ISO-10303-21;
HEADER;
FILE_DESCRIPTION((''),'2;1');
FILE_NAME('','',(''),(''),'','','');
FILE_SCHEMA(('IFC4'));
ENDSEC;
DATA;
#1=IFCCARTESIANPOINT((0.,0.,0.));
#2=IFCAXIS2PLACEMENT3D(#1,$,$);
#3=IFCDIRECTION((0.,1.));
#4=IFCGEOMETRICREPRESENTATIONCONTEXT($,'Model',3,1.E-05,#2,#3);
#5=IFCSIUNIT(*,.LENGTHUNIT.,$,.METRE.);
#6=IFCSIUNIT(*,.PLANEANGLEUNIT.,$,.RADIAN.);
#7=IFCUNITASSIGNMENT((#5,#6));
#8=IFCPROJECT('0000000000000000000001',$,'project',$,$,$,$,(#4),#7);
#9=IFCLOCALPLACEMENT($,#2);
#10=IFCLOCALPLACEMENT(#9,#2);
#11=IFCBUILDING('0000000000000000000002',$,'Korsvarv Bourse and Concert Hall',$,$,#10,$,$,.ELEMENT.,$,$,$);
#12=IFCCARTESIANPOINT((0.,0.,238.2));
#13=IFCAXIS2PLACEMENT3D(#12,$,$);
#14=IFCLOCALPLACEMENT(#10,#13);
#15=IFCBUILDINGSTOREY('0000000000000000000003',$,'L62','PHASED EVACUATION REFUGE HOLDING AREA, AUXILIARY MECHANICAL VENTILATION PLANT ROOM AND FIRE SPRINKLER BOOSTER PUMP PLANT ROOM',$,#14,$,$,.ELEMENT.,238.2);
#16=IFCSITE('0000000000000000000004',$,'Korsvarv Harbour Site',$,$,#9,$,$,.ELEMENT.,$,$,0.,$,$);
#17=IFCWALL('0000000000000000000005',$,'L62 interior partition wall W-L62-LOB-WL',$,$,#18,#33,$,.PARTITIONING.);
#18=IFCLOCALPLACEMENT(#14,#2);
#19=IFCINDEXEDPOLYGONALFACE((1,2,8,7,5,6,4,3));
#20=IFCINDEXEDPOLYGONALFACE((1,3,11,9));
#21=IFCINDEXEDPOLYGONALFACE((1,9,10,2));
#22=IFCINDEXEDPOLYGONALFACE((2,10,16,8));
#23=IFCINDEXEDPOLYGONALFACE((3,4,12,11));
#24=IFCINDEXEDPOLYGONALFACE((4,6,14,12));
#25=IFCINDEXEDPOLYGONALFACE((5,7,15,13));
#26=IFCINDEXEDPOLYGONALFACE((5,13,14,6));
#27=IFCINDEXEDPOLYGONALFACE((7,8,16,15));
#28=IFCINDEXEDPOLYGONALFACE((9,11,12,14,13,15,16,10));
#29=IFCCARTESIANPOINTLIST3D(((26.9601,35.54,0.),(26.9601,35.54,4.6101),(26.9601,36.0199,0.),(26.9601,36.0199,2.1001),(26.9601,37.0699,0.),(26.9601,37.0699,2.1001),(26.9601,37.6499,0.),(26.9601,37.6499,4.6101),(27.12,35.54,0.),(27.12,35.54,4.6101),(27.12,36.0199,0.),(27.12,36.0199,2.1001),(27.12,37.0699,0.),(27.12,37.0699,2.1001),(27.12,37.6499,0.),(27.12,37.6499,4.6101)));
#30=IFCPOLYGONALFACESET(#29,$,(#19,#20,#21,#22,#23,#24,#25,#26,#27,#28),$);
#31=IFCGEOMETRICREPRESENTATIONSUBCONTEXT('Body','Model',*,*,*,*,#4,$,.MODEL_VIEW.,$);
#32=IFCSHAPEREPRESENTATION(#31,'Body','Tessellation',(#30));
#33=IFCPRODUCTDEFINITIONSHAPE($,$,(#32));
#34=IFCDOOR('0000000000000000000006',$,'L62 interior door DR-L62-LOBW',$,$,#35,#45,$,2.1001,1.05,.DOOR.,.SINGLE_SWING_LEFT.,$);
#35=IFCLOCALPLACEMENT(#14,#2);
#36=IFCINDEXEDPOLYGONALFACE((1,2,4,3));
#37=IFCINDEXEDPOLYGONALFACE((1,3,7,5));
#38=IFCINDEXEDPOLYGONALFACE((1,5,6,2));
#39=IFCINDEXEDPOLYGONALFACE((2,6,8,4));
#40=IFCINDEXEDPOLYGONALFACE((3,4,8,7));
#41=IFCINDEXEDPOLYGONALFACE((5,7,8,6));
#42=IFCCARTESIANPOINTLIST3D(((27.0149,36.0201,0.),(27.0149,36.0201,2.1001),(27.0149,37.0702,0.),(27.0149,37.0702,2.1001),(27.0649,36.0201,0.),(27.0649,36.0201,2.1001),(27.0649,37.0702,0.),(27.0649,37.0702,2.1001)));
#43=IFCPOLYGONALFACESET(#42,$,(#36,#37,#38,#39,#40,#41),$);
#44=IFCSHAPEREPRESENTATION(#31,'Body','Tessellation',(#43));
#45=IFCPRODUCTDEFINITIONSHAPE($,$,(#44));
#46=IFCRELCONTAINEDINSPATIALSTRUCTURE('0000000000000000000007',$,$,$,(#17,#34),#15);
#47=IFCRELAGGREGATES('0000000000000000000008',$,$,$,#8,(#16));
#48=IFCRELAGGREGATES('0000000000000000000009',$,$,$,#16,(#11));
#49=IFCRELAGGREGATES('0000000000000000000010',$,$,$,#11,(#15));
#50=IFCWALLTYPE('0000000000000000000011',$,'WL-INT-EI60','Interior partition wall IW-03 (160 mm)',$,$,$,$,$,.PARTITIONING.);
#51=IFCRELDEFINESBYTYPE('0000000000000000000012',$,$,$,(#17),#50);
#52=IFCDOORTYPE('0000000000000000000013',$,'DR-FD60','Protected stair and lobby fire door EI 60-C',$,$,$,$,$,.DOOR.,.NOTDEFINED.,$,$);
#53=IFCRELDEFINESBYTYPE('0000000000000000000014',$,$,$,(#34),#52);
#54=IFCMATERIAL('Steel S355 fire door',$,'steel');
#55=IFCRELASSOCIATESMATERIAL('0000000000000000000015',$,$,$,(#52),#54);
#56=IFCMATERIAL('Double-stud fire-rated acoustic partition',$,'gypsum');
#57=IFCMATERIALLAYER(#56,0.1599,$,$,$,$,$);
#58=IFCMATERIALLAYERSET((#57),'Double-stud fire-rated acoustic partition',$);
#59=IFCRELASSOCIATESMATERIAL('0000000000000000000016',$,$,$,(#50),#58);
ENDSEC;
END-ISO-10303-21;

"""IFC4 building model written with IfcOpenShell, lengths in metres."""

from ifc_helpers import new_model, si_unit, direction, frame, frame_2d, origin, place, context, subcontext, project, spatial, rectangle, extrude, material, layer, layer_set, type_object, element, fill, save


model = new_model("IFC4")

# Units and contexts
model_context = context("Model", 3, precision=1e-05, world=origin(), true_north=direction((0.0, 1.0)))
body_context = subcontext(model_context, "Body", "Model", "MODEL_VIEW")
ifc_project = project(units=[si_unit("LENGTHUNIT", "METRE"), si_unit("PLANEANGLEUNIT", "RADIAN")], contexts=[model_context])

# Site, building, storey
site_placement = place(None, origin())
site = spatial("IfcSite", under=ifc_project, at=site_placement, Name="Korsvarv Harbour Site", CompositionType="ELEMENT", RefElevation=0.0)
building_placement = place(site_placement, origin())
building = spatial("IfcBuilding", under=site, at=building_placement, Name="Korsvarv Bourse and Concert Hall", CompositionType="ELEMENT")
storey_placement = place(building_placement, frame((0.0, 0.0, 238.2)))
storey = spatial("IfcBuildingStorey", under=building, at=storey_placement, Name="L62", Description="PHASED EVACUATION REFUGE HOLDING AREA, AUXILIARY MECHANICAL VENTILATION PLANT ROOM AND FIRE SPRINKLER BOOSTER PUMP PLANT ROOM", CompositionType="ELEMENT", Elevation=238.2)

# Shared definitions
ifc_material_1 = material(Name="Steel S355 fire door", Category="steel")
door_type = type_object("IfcDoorType", Name="DR-FD60", Description="Protected stair and lobby fire door EI 60-C", OperationType="NOTDEFINED", PredefinedType="DOOR", material=ifc_material_1)

# Wall, opening, door
ifc_material_2 = material(Name="Double-stud fire-rated acoustic partition", Category="gypsum")
ifc_layer_1 = layer(ifc_material_2, 0.1599)
ifc_layer_set_1 = layer_set([ifc_layer_1], Name="Double-stud fire-rated acoustic partition")
wall_type_1 = type_object("IfcWallType", Name="WL-INT-EI60", Description="Interior partition wall IW-03 (160 mm)", PredefinedType="PARTITIONING", material=ifc_layer_set_1)
wall_1_placement = place(storey_placement, frame((27.04, 35.54, 0.0), z_axis=(0.0, 0.0, 1.0), x_axis=(0.0, 1.0, 0.0)))
wall_1 = element("IfcWall", 1, at=wall_1_placement, inside=storey, type_object=wall_type_1, Name="L62 interior partition wall W-L62-LOB-WL", PredefinedType="PARTITIONING", context=body_context, shape_type="SweptSolid", body=[
    extrude(rectangle(XDim=2.1099, YDim=0.1599, at=frame_2d((1.0549, 0.0))), origin(), (0.0, 0.0, 1.0), 4.6101),
])
opening_1_placement = place(wall_1_placement, frame((0.48, 0.0, 0.0)))
opening_1 = element("IfcOpeningElement", 2, at=opening_1_placement, cuts=wall_1, PredefinedType="OPENING", context=body_context, shape_type="SweptSolid", body=[
    extrude(rectangle(XDim=1.05, YDim=2.1001, at=frame_2d((0.5249, 1.05))), frame((0.0, 0.0898, 0.0), z_axis=(0.0, -1.0, 0.0), x_axis=(1.0, 0.0, 0.0)), (0.0, 0.0, 1.0), 0.1799),
])
door_1_placement = place(opening_1_placement, frame((1.05, 0.0, 0.0), z_axis=(0.0, 0.0, 1.0), x_axis=(-1.0, 0.0, 0.0)))
door_1 = element("IfcDoor", 3, at=door_1_placement, inside=storey, type_object=door_type, Name="L62 interior door DR-L62-LOBW", OperationType="SINGLE_SWING_LEFT", OverallHeight=2.1001, OverallWidth=1.05, PredefinedType="DOOR", context=body_context, shape_type="SweptSolid", body=[
    extrude(rectangle(XDim=1.05, YDim=2.1001, at=frame_2d((0.5249, 1.05))), frame((0.0, 0.0249, 0.0), z_axis=(0.0, -1.0, 0.0), x_axis=(1.0, 0.0, 0.0)), (0.0, 0.0, 1.0), 0.05),
])
fill(opening_1, door_1)

save(model, "model.ifc")
